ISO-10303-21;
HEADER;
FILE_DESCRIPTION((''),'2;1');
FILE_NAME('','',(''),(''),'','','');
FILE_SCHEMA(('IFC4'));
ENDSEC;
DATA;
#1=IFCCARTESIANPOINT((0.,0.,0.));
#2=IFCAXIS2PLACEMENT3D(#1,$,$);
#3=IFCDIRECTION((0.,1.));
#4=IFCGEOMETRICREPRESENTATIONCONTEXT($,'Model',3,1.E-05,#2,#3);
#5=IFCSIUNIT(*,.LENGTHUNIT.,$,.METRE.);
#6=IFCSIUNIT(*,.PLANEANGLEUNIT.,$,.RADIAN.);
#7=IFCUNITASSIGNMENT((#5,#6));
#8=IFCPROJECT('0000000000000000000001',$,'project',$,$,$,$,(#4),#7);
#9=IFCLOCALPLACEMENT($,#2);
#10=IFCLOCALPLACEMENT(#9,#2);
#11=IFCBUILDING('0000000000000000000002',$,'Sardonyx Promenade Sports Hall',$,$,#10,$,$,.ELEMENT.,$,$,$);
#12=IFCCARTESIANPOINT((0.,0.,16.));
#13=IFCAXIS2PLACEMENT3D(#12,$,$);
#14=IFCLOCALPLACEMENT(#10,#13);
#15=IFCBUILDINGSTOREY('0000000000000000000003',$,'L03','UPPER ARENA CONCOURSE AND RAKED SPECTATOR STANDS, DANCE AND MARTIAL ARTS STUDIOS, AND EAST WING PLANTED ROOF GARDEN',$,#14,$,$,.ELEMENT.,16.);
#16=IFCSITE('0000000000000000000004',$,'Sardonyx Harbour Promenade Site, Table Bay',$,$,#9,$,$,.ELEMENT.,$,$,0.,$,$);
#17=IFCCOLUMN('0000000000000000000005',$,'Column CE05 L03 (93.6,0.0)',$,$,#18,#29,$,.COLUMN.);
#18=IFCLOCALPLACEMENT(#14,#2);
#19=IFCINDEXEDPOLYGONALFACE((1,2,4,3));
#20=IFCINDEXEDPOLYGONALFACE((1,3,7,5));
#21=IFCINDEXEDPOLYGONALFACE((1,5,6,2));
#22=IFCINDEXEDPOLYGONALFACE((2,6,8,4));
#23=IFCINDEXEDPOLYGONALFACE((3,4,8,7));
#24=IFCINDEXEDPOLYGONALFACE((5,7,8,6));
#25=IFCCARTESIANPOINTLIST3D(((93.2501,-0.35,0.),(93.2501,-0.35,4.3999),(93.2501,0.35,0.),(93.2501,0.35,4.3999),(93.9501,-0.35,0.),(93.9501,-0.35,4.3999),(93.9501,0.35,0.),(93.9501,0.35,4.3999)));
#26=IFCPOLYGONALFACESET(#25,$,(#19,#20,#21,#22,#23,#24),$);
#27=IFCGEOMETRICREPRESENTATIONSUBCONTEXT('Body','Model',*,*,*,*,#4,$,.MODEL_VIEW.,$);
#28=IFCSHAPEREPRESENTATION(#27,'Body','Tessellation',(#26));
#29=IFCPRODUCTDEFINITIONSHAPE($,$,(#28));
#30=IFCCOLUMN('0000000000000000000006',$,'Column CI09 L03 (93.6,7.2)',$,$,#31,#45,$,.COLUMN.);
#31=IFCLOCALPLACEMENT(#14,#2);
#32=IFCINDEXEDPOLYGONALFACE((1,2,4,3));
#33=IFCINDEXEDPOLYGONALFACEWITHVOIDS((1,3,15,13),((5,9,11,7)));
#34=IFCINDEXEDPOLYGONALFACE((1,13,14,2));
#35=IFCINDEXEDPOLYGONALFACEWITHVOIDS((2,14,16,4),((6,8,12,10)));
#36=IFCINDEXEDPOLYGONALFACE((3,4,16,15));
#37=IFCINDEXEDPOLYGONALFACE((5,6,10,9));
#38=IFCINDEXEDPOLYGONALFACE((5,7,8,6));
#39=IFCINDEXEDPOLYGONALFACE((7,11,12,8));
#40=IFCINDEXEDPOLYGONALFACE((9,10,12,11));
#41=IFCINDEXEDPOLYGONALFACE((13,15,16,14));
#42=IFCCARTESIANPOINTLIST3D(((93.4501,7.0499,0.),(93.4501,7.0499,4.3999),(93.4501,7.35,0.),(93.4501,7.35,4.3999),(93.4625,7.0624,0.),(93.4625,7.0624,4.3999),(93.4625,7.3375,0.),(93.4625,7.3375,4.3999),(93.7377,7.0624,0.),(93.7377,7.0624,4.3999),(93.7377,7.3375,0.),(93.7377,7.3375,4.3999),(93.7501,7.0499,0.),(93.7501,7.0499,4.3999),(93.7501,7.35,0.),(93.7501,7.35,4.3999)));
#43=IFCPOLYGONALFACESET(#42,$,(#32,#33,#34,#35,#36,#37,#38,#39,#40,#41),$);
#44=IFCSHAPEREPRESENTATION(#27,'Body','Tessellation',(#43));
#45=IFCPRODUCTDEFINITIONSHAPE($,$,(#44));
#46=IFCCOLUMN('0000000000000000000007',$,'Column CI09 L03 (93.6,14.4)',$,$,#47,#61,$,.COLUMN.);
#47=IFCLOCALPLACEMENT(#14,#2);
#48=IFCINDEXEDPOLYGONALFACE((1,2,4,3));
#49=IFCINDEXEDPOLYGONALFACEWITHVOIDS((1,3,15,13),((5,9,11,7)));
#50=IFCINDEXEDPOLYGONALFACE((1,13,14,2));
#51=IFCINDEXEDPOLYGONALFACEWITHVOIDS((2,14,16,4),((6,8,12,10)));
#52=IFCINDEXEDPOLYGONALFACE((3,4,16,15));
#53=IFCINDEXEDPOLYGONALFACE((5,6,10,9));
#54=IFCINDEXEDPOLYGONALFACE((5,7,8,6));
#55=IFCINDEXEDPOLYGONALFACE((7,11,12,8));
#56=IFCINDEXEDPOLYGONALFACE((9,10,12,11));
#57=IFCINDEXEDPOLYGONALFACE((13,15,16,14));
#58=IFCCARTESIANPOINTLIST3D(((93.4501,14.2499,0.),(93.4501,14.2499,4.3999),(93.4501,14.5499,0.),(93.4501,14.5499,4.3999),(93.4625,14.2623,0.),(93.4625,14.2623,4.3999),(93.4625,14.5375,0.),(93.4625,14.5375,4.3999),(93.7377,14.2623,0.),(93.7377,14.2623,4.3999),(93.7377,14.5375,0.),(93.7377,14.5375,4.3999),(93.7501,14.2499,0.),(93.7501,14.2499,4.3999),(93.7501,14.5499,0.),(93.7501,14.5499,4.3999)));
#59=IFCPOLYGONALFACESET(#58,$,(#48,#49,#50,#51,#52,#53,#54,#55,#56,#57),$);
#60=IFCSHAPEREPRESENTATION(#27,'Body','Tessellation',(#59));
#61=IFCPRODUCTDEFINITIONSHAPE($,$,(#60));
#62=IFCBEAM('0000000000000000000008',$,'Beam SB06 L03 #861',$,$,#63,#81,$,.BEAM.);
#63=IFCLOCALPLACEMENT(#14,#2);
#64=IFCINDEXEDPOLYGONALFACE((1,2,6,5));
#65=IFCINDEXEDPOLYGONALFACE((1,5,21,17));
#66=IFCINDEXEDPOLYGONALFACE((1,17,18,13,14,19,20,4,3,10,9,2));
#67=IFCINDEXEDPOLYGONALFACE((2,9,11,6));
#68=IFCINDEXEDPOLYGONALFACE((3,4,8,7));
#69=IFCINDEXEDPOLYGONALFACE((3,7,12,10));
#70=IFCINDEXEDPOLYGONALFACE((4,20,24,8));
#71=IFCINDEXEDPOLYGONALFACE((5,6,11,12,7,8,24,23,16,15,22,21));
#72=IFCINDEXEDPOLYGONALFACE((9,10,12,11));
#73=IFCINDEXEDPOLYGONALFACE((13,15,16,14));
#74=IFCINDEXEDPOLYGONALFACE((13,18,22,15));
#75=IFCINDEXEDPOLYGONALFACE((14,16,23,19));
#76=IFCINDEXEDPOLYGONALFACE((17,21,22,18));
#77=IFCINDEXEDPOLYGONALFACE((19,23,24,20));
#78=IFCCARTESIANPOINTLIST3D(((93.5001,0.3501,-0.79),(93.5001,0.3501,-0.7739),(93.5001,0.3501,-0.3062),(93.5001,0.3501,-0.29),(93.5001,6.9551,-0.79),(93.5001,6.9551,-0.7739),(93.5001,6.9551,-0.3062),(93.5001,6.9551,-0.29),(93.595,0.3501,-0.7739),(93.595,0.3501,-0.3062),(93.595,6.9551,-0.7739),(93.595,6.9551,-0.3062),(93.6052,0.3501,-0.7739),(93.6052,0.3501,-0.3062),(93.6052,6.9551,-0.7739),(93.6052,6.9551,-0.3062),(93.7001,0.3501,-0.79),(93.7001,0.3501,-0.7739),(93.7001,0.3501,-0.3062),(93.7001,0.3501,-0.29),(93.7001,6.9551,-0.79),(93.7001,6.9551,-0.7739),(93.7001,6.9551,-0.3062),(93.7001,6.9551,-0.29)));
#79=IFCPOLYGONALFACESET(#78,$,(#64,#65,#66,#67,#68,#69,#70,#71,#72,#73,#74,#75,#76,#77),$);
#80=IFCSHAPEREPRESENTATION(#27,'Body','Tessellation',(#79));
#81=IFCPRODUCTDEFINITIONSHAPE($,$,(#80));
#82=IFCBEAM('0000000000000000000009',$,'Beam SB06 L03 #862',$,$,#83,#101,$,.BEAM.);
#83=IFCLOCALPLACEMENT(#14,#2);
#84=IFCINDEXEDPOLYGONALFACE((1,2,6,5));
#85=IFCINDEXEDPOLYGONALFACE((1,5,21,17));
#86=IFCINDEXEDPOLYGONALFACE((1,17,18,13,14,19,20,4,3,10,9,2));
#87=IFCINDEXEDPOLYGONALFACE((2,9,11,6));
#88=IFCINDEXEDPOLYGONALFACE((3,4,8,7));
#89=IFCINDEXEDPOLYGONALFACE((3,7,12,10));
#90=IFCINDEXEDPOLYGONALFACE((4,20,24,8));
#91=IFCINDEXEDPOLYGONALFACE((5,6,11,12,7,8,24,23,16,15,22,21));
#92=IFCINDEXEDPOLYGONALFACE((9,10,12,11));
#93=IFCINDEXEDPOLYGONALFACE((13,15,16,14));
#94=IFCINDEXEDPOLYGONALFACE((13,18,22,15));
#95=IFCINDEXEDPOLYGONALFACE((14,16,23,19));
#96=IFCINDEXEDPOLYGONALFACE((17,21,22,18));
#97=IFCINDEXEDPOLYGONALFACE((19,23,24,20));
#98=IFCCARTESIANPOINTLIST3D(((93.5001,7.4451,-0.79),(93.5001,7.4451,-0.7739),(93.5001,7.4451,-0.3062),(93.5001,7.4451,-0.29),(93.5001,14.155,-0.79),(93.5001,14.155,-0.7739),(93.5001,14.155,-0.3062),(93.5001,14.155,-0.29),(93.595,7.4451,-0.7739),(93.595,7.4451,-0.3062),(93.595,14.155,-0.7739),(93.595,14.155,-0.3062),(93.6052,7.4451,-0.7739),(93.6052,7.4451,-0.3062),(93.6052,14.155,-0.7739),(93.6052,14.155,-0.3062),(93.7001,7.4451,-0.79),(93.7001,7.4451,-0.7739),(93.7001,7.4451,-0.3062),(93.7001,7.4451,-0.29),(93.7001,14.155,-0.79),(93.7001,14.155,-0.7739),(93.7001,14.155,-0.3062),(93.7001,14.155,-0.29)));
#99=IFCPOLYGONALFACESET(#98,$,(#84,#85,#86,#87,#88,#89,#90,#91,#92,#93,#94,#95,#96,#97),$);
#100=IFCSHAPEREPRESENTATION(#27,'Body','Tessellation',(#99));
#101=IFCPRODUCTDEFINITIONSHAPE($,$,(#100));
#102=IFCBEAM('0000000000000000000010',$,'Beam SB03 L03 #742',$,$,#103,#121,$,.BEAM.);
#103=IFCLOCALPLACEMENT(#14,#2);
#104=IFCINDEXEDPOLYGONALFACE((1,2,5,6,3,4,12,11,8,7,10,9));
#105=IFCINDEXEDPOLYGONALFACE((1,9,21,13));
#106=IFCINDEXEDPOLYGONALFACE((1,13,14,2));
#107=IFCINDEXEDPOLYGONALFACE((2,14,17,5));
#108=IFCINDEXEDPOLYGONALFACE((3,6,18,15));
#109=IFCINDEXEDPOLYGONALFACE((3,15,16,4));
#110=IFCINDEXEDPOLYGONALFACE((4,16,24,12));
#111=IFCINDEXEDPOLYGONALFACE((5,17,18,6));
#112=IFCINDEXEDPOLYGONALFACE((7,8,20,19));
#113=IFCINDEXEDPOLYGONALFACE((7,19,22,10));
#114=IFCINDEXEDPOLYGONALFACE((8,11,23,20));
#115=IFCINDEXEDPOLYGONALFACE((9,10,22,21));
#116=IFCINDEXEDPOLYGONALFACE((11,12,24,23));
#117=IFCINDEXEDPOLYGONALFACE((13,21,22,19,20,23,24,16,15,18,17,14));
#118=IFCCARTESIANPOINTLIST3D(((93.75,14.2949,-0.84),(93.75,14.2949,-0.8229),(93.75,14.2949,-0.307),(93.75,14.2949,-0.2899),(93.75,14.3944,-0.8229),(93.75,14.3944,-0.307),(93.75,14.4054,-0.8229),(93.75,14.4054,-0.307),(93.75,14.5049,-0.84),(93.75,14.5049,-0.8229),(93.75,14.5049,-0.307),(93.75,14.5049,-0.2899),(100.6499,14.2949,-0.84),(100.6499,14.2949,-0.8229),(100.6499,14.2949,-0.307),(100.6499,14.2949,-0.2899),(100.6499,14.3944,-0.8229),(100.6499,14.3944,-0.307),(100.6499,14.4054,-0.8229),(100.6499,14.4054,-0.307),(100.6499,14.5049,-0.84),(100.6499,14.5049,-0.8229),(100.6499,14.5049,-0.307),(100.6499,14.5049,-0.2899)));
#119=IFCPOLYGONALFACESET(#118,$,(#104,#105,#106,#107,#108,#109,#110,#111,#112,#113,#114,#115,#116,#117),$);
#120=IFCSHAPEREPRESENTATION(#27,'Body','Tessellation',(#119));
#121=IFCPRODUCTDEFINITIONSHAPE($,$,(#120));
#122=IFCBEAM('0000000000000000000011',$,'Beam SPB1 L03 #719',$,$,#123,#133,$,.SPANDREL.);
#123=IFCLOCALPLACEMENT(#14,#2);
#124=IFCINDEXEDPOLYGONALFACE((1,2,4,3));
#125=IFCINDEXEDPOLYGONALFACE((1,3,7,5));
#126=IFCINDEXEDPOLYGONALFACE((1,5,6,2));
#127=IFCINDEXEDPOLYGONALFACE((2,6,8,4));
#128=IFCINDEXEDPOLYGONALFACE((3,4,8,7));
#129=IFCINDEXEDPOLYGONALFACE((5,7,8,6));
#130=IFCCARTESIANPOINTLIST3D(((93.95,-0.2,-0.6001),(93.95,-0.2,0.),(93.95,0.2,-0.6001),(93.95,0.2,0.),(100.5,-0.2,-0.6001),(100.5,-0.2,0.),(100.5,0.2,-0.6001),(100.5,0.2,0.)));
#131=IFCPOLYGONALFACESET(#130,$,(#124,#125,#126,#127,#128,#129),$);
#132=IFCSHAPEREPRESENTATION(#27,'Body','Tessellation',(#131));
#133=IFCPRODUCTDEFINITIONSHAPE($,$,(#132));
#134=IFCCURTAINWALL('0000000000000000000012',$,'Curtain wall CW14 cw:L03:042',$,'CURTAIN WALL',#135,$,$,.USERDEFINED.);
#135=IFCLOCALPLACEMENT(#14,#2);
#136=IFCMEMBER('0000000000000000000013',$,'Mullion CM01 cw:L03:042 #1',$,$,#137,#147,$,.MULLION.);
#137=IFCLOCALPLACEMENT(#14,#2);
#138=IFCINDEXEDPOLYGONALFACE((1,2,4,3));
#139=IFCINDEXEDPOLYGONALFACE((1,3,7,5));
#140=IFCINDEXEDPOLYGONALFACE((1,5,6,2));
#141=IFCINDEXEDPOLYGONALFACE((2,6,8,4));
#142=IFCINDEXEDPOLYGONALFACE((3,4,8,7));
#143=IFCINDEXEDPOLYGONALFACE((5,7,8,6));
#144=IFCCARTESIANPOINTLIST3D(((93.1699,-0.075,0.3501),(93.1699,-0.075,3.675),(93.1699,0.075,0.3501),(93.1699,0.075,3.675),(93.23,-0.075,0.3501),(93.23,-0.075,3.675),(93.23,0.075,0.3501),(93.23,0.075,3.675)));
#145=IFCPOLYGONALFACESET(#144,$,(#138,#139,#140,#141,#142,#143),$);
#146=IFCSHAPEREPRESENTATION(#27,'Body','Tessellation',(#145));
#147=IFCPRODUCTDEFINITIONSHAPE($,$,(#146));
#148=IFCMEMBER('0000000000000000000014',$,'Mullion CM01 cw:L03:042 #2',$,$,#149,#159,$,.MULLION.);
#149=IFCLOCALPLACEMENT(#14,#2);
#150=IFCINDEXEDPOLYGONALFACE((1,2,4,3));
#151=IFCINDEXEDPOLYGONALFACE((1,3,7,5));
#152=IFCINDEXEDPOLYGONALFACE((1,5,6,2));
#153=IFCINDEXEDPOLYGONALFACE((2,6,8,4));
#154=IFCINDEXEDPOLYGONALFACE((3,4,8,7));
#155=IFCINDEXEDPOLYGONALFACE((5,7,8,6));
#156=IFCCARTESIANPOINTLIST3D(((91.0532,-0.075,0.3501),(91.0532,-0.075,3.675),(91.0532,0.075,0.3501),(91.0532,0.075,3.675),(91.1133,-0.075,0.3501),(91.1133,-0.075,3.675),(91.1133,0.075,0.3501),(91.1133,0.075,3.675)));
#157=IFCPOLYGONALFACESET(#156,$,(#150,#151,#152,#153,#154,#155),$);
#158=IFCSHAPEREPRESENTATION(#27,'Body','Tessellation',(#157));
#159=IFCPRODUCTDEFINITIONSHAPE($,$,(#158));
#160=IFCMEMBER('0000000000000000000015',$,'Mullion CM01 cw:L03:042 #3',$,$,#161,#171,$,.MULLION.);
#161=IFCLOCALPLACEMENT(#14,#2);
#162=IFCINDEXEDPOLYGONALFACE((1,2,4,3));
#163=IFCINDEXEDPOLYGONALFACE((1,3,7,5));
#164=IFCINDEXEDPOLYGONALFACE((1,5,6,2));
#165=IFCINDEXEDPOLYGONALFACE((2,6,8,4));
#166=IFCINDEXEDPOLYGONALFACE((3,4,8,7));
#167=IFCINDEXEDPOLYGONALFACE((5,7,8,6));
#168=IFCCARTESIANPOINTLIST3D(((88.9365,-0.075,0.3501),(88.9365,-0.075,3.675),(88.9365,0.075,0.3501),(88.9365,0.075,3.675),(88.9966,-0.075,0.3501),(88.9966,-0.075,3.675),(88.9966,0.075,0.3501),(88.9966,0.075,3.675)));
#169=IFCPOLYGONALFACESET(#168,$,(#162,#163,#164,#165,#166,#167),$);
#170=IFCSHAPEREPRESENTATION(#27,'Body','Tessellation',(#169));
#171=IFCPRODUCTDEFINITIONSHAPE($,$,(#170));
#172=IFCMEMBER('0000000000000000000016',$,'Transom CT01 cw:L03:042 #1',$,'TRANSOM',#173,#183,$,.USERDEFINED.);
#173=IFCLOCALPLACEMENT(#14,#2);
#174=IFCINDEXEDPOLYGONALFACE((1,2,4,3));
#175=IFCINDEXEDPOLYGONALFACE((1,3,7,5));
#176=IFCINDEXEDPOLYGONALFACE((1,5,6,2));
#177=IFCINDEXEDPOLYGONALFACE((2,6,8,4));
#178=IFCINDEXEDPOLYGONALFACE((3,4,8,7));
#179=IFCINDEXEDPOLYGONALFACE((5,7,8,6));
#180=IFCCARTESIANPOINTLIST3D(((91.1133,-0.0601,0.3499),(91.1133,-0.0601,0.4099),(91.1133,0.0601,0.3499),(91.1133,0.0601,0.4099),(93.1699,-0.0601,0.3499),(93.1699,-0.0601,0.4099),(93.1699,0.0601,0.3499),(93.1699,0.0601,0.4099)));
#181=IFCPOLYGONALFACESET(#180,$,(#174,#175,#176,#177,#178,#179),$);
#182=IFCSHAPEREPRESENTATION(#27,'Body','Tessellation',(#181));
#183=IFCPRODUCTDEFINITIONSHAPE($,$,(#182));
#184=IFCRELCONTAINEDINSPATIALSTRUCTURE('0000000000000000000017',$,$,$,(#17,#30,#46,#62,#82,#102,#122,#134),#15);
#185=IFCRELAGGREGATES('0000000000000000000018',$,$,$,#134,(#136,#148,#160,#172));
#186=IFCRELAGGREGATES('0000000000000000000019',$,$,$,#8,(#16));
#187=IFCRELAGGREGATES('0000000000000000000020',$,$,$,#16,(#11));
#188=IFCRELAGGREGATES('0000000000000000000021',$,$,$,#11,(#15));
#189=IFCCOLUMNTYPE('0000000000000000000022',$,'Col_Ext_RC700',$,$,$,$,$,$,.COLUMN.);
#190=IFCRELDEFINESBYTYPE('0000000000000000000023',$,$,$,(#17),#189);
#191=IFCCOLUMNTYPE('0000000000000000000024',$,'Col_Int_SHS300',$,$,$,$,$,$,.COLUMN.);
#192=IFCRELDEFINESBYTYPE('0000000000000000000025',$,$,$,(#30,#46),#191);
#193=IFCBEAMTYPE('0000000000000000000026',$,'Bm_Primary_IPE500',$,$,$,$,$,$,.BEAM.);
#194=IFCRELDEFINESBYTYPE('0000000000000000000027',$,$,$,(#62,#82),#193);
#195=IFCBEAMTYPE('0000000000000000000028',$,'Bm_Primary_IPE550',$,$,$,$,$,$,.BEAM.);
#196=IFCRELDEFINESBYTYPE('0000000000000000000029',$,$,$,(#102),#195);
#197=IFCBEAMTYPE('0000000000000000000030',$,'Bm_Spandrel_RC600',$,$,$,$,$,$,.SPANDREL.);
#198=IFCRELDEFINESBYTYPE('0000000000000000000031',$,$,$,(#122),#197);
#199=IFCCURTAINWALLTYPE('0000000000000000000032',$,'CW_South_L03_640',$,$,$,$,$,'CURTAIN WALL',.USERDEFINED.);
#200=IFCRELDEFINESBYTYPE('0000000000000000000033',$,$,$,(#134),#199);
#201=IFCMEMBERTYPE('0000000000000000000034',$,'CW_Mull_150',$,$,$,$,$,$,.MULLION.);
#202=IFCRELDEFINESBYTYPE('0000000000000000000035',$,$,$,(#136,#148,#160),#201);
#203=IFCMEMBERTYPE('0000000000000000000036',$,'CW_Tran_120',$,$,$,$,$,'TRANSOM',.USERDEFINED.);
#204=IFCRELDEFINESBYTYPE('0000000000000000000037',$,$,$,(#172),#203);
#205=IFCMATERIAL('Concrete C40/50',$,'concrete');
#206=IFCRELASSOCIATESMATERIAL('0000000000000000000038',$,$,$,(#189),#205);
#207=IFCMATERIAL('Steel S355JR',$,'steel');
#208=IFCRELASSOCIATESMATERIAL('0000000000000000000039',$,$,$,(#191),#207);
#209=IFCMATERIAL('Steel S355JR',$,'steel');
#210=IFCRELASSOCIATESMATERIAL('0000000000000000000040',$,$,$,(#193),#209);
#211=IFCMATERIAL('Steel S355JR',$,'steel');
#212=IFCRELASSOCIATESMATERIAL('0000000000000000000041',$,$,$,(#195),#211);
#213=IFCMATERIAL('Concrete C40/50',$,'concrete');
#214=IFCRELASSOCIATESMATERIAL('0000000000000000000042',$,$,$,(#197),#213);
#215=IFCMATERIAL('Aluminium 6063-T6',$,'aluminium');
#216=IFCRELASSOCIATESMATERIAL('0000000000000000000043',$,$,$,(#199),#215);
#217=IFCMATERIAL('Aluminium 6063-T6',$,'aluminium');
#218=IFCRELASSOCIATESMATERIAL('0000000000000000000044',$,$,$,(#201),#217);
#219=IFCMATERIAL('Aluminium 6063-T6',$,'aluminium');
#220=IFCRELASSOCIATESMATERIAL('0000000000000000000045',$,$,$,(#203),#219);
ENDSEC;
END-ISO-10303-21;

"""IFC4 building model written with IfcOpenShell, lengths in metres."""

from ifc_helpers import new_model, si_unit, direction, frame, origin, origin_2d, place, context, subcontext, project, spatial, rectangle, hollow_rectangle, i_section, extrude, material, material_profile, profile_set, type_object, element, aggregate, save


model = new_model("IFC4")

# Units and contexts
model_context = context("Model", 3, precision=1e-05, world=origin(), true_north=direction((0.0, 1.0)))
body_context = subcontext(model_context, "Body", "Model", "MODEL_VIEW")
ifc_project = project(units=[si_unit("LENGTHUNIT", "METRE"), si_unit("PLANEANGLEUNIT", "RADIAN")], contexts=[model_context])

# Site, building, storey
site_placement = place(None, origin())
site = spatial("IfcSite", under=ifc_project, at=site_placement, Name="Sardonyx Harbour Promenade Site, Table Bay", CompositionType="ELEMENT", RefElevation=0.0)
building_placement = place(site_placement, origin())
building = spatial("IfcBuilding", under=site, at=building_placement, Name="Sardonyx Promenade Sports Hall", CompositionType="ELEMENT")
storey_placement = place(building_placement, frame((0.0, 0.0, 16.0)))
storey = spatial("IfcBuildingStorey", under=building, at=storey_placement, Name="L03", Description="UPPER ARENA CONCOURSE AND RAKED SPECTATOR STANDS, DANCE AND MARTIAL ARTS STUDIOS, AND EAST WING PLANTED ROOF GARDEN", CompositionType="ELEMENT", Elevation=16.0)

# Columns
ifc_material_1 = material(Name="Concrete C40/50", Category="concrete")
ifc_material_profile_1 = material_profile(ifc_material_1, rectangle(XDim=0.7, YDim=0.7, at=origin_2d()))
ifc_profile_set_1 = profile_set([ifc_material_profile_1], Name="Concrete C40/50")
column_type_1 = type_object("IfcColumnType", Name="Col_Ext_RC700", PredefinedType="COLUMN", material=ifc_profile_set_1)
column_placement = place(storey_placement, frame((93.6001, 0.0, 0.0), z_axis=(0.0, 0.0, 1.0), x_axis=(1.0, 0.0, 0.0)))
element("IfcColumn", 1, at=column_placement, inside=storey, type_object=column_type_1, Name="Column CE05 L03 (93.6,0.0)", PredefinedType="COLUMN", context=body_context, shape_type="SweptSolid", body=[
    extrude(rectangle(XDim=0.7, YDim=0.7, at=origin_2d()), origin(), (0.0, 0.0, 1.0), 4.3999),
])
ifc_material_2 = material(Name="Steel S355JR", Category="steel")
ifc_material_profile_2 = material_profile(ifc_material_2, hollow_rectangle(XDim=0.3, YDim=0.3, WallThickness=0.0125, at=origin_2d()))
ifc_profile_set_2 = profile_set([ifc_material_profile_2], Name="Steel S355JR")
column_type_2 = type_object("IfcColumnType", Name="Col_Int_SHS300", PredefinedType="COLUMN", material=ifc_profile_set_2)
for number, where, z_axis, x_axis, name in (
    (2, (93.6001, 7.2, 0.0), (0.0, 0.0, 1.0), (1.0, 0.0, 0.0), "Column CI09 L03 (93.6,7.2)"),
    (3, (93.6001, 14.3999, 0.0), (0.0, 0.0, 1.0), (1.0, 0.0, 0.0), "Column CI09 L03 (93.6,14.4)"),
):
    element("IfcColumn", number, at=place(storey_placement, frame(where, z_axis=z_axis, x_axis=x_axis)), inside=storey, type_object=column_type_2, Name=name, PredefinedType="COLUMN", context=body_context, shape_type="SweptSolid", body=[
        extrude(hollow_rectangle(XDim=0.3, YDim=0.3, WallThickness=0.0125, at=origin_2d()), origin(), (0.0, 0.0, 1.0), 4.3999),
    ])

# Beams
ifc_material_3 = material(Name="Steel S355JR", Category="steel")
ifc_material_profile_3 = material_profile(ifc_material_3, i_section(OverallWidth=0.2, OverallDepth=0.5, WebThickness=0.0103, FlangeThickness=0.0161, at=origin_2d()))
ifc_profile_set_3 = profile_set([ifc_material_profile_3], Name="Steel S355JR")
beam_type_1 = type_object("IfcBeamType", Name="Bm_Primary_IPE500", PredefinedType="BEAM", material=ifc_profile_set_3)
beam_1_placement = place(storey_placement, frame((93.6001, 0.3501, -0.54), z_axis=(0.0, 1.0, 0.0), x_axis=(-1.0, 0.0, 0.0)))
element("IfcBeam", 4, at=beam_1_placement, inside=storey, type_object=beam_type_1, Name="Beam SB06 L03 #861", PredefinedType="BEAM", context=body_context, shape_type="SweptSolid", body=[
    extrude(i_section(OverallWidth=0.2, OverallDepth=0.5, WebThickness=0.0103, FlangeThickness=0.0161, at=origin_2d()), origin(), (0.0, 0.0, 1.0), 6.605),
])
beam_2_placement = place(storey_placement, frame((93.6001, 7.4451, -0.54), z_axis=(0.0, 1.0, 0.0), x_axis=(-1.0, 0.0, 0.0)))
element("IfcBeam", 5, at=beam_2_placement, inside=storey, type_object=beam_type_1, Name="Beam SB06 L03 #862", PredefinedType="BEAM", context=body_context, shape_type="SweptSolid", body=[
    extrude(i_section(OverallWidth=0.2, OverallDepth=0.5, WebThickness=0.0103, FlangeThickness=0.0161, at=origin_2d()), origin(), (0.0, 0.0, 1.0), 6.71),
])
ifc_material_4 = material(Name="Steel S355JR", Category="steel")
ifc_material_profile_4 = material_profile(ifc_material_4, i_section(OverallWidth=0.21, OverallDepth=0.55, WebThickness=0.011, FlangeThickness=0.0171, at=origin_2d()))
ifc_profile_set_4 = profile_set([ifc_material_profile_4], Name="Steel S355JR")
beam_type_2 = type_object("IfcBeamType", Name="Bm_Primary_IPE550", PredefinedType="BEAM", material=ifc_profile_set_4)
beam_3_placement = place(storey_placement, frame((93.75, 14.3999, -0.5649), z_axis=(1.0, 0.0, 0.0), x_axis=(0.0, 1.0, 0.0)))
element("IfcBeam", 6, at=beam_3_placement, inside=storey, type_object=beam_type_2, Name="Beam SB03 L03 #742", PredefinedType="BEAM", context=body_context, shape_type="SweptSolid", body=[
    extrude(i_section(OverallWidth=0.21, OverallDepth=0.55, WebThickness=0.011, FlangeThickness=0.0171, at=origin_2d()), origin(), (0.0, 0.0, 1.0), 6.8999),
])
ifc_material_5 = material(Name="Concrete C40/50", Category="concrete")
ifc_material_profile_5 = material_profile(ifc_material_5, rectangle(XDim=0.3999, YDim=0.6001, at=origin_2d()))
ifc_profile_set_5 = profile_set([ifc_material_profile_5], Name="Concrete C40/50")
beam_type_3 = type_object("IfcBeamType", Name="Bm_Spandrel_RC600", PredefinedType="SPANDREL", material=ifc_profile_set_5)
beam_4_placement = place(storey_placement, frame((93.95, 0.0, -0.3), z_axis=(1.0, 0.0, 0.0), x_axis=(0.0, 1.0, 0.0)))
element("IfcBeam", 7, at=beam_4_placement, inside=storey, type_object=beam_type_3, Name="Beam SPB1 L03 #719", PredefinedType="SPANDREL", context=body_context, shape_type="SweptSolid", body=[
    extrude(rectangle(XDim=0.3999, YDim=0.6001, at=origin_2d()), origin(), (0.0, 0.0, 1.0), 6.55),
])

# Curtain wall, members
ifc_material_6 = material(Name="Aluminium 6063-T6", Category="aluminium")
curtain_wall_type = type_object("IfcCurtainWallType", Name="CW_South_L03_640", ElementType="CURTAIN WALL", PredefinedType="USERDEFINED", material=ifc_material_6)
curtain_wall_placement = place(storey_placement, origin())
curtain_wall = element("IfcCurtainWall", 8, at=curtain_wall_placement, inside=storey, type_object=curtain_wall_type, Name="Curtain wall CW14 cw:L03:042", ObjectType="CURTAIN WALL", PredefinedType="USERDEFINED")
ifc_material_7 = material(Name="Aluminium 6063-T6", Category="aluminium")
ifc_material_profile_6 = material_profile(ifc_material_7, rectangle(XDim=0.0601, YDim=0.1499, at=origin_2d()))
ifc_profile_set_6 = profile_set([ifc_material_profile_6], Name="Aluminium 6063-T6")
member_type_1 = type_object("IfcMemberType", Name="CW_Mull_150", PredefinedType="MULLION", material=ifc_profile_set_6)
member_1_placement = place(storey_placement, frame((93.2, 0.0, 0.3501), z_axis=(0.0, 0.0, 1.0), x_axis=(-1.0, 0.0, 0.0)))
member_1 = element("IfcMember", 9, at=member_1_placement, type_object=member_type_1, Name="Mullion CM01 cw:L03:042 #1", PredefinedType="MULLION", context=body_context, shape_type="SweptSolid", body=[
    extrude(rectangle(XDim=0.0601, YDim=0.1499, at=origin_2d()), origin(), (0.0, 0.0, 1.0), 3.325),
])
member_2_placement = place(storey_placement, frame((91.0833, 0.0, 0.3501), z_axis=(0.0, 0.0, 1.0), x_axis=(-1.0, 0.0, 0.0)))
member_2 = element("IfcMember", 10, at=member_2_placement, type_object=member_type_1, Name="Mullion CM01 cw:L03:042 #2", PredefinedType="MULLION", context=body_context, shape_type="SweptSolid", body=[
    extrude(rectangle(XDim=0.0601, YDim=0.1499, at=origin_2d()), origin(), (0.0, 0.0, 1.0), 3.325),
])
member_3_placement = place(storey_placement, frame((88.9666, 0.0, 0.3501), z_axis=(0.0, 0.0, 1.0), x_axis=(-1.0, 0.0, 0.0)))
member_3 = element("IfcMember", 11, at=member_3_placement, type_object=member_type_1, Name="Mullion CM01 cw:L03:042 #3", PredefinedType="MULLION", context=body_context, shape_type="SweptSolid", body=[
    extrude(rectangle(XDim=0.0601, YDim=0.1499, at=origin_2d()), origin(), (0.0, 0.0, 1.0), 3.325),
])
ifc_material_8 = material(Name="Aluminium 6063-T6", Category="aluminium")
ifc_material_profile_7 = material_profile(ifc_material_8, rectangle(XDim=0.0601, YDim=0.1201, at=origin_2d()))
ifc_profile_set_7 = profile_set([ifc_material_profile_7], Name="Aluminium 6063-T6")
member_type_2 = type_object("IfcMemberType", Name="CW_Tran_120", ElementType="TRANSOM", PredefinedType="USERDEFINED", material=ifc_profile_set_7)
member_4_placement = place(storey_placement, frame((93.1699, 0.0, 0.3799), z_axis=(-1.0, 0.0, 0.0), x_axis=(0.0, 0.0, 1.0)))
member_4 = element("IfcMember", 12, at=member_4_placement, type_object=member_type_2, Name="Transom CT01 cw:L03:042 #1", ObjectType="TRANSOM", PredefinedType="USERDEFINED", context=body_context, shape_type="SweptSolid", body=[
    extrude(rectangle(XDim=0.0601, YDim=0.1201, at=origin_2d()), origin(), (0.0, 0.0, 1.0), 2.0566),
])
aggregate(curtain_wall, [member_1, member_2, member_3, member_4])

save(model, "model.ifc")
